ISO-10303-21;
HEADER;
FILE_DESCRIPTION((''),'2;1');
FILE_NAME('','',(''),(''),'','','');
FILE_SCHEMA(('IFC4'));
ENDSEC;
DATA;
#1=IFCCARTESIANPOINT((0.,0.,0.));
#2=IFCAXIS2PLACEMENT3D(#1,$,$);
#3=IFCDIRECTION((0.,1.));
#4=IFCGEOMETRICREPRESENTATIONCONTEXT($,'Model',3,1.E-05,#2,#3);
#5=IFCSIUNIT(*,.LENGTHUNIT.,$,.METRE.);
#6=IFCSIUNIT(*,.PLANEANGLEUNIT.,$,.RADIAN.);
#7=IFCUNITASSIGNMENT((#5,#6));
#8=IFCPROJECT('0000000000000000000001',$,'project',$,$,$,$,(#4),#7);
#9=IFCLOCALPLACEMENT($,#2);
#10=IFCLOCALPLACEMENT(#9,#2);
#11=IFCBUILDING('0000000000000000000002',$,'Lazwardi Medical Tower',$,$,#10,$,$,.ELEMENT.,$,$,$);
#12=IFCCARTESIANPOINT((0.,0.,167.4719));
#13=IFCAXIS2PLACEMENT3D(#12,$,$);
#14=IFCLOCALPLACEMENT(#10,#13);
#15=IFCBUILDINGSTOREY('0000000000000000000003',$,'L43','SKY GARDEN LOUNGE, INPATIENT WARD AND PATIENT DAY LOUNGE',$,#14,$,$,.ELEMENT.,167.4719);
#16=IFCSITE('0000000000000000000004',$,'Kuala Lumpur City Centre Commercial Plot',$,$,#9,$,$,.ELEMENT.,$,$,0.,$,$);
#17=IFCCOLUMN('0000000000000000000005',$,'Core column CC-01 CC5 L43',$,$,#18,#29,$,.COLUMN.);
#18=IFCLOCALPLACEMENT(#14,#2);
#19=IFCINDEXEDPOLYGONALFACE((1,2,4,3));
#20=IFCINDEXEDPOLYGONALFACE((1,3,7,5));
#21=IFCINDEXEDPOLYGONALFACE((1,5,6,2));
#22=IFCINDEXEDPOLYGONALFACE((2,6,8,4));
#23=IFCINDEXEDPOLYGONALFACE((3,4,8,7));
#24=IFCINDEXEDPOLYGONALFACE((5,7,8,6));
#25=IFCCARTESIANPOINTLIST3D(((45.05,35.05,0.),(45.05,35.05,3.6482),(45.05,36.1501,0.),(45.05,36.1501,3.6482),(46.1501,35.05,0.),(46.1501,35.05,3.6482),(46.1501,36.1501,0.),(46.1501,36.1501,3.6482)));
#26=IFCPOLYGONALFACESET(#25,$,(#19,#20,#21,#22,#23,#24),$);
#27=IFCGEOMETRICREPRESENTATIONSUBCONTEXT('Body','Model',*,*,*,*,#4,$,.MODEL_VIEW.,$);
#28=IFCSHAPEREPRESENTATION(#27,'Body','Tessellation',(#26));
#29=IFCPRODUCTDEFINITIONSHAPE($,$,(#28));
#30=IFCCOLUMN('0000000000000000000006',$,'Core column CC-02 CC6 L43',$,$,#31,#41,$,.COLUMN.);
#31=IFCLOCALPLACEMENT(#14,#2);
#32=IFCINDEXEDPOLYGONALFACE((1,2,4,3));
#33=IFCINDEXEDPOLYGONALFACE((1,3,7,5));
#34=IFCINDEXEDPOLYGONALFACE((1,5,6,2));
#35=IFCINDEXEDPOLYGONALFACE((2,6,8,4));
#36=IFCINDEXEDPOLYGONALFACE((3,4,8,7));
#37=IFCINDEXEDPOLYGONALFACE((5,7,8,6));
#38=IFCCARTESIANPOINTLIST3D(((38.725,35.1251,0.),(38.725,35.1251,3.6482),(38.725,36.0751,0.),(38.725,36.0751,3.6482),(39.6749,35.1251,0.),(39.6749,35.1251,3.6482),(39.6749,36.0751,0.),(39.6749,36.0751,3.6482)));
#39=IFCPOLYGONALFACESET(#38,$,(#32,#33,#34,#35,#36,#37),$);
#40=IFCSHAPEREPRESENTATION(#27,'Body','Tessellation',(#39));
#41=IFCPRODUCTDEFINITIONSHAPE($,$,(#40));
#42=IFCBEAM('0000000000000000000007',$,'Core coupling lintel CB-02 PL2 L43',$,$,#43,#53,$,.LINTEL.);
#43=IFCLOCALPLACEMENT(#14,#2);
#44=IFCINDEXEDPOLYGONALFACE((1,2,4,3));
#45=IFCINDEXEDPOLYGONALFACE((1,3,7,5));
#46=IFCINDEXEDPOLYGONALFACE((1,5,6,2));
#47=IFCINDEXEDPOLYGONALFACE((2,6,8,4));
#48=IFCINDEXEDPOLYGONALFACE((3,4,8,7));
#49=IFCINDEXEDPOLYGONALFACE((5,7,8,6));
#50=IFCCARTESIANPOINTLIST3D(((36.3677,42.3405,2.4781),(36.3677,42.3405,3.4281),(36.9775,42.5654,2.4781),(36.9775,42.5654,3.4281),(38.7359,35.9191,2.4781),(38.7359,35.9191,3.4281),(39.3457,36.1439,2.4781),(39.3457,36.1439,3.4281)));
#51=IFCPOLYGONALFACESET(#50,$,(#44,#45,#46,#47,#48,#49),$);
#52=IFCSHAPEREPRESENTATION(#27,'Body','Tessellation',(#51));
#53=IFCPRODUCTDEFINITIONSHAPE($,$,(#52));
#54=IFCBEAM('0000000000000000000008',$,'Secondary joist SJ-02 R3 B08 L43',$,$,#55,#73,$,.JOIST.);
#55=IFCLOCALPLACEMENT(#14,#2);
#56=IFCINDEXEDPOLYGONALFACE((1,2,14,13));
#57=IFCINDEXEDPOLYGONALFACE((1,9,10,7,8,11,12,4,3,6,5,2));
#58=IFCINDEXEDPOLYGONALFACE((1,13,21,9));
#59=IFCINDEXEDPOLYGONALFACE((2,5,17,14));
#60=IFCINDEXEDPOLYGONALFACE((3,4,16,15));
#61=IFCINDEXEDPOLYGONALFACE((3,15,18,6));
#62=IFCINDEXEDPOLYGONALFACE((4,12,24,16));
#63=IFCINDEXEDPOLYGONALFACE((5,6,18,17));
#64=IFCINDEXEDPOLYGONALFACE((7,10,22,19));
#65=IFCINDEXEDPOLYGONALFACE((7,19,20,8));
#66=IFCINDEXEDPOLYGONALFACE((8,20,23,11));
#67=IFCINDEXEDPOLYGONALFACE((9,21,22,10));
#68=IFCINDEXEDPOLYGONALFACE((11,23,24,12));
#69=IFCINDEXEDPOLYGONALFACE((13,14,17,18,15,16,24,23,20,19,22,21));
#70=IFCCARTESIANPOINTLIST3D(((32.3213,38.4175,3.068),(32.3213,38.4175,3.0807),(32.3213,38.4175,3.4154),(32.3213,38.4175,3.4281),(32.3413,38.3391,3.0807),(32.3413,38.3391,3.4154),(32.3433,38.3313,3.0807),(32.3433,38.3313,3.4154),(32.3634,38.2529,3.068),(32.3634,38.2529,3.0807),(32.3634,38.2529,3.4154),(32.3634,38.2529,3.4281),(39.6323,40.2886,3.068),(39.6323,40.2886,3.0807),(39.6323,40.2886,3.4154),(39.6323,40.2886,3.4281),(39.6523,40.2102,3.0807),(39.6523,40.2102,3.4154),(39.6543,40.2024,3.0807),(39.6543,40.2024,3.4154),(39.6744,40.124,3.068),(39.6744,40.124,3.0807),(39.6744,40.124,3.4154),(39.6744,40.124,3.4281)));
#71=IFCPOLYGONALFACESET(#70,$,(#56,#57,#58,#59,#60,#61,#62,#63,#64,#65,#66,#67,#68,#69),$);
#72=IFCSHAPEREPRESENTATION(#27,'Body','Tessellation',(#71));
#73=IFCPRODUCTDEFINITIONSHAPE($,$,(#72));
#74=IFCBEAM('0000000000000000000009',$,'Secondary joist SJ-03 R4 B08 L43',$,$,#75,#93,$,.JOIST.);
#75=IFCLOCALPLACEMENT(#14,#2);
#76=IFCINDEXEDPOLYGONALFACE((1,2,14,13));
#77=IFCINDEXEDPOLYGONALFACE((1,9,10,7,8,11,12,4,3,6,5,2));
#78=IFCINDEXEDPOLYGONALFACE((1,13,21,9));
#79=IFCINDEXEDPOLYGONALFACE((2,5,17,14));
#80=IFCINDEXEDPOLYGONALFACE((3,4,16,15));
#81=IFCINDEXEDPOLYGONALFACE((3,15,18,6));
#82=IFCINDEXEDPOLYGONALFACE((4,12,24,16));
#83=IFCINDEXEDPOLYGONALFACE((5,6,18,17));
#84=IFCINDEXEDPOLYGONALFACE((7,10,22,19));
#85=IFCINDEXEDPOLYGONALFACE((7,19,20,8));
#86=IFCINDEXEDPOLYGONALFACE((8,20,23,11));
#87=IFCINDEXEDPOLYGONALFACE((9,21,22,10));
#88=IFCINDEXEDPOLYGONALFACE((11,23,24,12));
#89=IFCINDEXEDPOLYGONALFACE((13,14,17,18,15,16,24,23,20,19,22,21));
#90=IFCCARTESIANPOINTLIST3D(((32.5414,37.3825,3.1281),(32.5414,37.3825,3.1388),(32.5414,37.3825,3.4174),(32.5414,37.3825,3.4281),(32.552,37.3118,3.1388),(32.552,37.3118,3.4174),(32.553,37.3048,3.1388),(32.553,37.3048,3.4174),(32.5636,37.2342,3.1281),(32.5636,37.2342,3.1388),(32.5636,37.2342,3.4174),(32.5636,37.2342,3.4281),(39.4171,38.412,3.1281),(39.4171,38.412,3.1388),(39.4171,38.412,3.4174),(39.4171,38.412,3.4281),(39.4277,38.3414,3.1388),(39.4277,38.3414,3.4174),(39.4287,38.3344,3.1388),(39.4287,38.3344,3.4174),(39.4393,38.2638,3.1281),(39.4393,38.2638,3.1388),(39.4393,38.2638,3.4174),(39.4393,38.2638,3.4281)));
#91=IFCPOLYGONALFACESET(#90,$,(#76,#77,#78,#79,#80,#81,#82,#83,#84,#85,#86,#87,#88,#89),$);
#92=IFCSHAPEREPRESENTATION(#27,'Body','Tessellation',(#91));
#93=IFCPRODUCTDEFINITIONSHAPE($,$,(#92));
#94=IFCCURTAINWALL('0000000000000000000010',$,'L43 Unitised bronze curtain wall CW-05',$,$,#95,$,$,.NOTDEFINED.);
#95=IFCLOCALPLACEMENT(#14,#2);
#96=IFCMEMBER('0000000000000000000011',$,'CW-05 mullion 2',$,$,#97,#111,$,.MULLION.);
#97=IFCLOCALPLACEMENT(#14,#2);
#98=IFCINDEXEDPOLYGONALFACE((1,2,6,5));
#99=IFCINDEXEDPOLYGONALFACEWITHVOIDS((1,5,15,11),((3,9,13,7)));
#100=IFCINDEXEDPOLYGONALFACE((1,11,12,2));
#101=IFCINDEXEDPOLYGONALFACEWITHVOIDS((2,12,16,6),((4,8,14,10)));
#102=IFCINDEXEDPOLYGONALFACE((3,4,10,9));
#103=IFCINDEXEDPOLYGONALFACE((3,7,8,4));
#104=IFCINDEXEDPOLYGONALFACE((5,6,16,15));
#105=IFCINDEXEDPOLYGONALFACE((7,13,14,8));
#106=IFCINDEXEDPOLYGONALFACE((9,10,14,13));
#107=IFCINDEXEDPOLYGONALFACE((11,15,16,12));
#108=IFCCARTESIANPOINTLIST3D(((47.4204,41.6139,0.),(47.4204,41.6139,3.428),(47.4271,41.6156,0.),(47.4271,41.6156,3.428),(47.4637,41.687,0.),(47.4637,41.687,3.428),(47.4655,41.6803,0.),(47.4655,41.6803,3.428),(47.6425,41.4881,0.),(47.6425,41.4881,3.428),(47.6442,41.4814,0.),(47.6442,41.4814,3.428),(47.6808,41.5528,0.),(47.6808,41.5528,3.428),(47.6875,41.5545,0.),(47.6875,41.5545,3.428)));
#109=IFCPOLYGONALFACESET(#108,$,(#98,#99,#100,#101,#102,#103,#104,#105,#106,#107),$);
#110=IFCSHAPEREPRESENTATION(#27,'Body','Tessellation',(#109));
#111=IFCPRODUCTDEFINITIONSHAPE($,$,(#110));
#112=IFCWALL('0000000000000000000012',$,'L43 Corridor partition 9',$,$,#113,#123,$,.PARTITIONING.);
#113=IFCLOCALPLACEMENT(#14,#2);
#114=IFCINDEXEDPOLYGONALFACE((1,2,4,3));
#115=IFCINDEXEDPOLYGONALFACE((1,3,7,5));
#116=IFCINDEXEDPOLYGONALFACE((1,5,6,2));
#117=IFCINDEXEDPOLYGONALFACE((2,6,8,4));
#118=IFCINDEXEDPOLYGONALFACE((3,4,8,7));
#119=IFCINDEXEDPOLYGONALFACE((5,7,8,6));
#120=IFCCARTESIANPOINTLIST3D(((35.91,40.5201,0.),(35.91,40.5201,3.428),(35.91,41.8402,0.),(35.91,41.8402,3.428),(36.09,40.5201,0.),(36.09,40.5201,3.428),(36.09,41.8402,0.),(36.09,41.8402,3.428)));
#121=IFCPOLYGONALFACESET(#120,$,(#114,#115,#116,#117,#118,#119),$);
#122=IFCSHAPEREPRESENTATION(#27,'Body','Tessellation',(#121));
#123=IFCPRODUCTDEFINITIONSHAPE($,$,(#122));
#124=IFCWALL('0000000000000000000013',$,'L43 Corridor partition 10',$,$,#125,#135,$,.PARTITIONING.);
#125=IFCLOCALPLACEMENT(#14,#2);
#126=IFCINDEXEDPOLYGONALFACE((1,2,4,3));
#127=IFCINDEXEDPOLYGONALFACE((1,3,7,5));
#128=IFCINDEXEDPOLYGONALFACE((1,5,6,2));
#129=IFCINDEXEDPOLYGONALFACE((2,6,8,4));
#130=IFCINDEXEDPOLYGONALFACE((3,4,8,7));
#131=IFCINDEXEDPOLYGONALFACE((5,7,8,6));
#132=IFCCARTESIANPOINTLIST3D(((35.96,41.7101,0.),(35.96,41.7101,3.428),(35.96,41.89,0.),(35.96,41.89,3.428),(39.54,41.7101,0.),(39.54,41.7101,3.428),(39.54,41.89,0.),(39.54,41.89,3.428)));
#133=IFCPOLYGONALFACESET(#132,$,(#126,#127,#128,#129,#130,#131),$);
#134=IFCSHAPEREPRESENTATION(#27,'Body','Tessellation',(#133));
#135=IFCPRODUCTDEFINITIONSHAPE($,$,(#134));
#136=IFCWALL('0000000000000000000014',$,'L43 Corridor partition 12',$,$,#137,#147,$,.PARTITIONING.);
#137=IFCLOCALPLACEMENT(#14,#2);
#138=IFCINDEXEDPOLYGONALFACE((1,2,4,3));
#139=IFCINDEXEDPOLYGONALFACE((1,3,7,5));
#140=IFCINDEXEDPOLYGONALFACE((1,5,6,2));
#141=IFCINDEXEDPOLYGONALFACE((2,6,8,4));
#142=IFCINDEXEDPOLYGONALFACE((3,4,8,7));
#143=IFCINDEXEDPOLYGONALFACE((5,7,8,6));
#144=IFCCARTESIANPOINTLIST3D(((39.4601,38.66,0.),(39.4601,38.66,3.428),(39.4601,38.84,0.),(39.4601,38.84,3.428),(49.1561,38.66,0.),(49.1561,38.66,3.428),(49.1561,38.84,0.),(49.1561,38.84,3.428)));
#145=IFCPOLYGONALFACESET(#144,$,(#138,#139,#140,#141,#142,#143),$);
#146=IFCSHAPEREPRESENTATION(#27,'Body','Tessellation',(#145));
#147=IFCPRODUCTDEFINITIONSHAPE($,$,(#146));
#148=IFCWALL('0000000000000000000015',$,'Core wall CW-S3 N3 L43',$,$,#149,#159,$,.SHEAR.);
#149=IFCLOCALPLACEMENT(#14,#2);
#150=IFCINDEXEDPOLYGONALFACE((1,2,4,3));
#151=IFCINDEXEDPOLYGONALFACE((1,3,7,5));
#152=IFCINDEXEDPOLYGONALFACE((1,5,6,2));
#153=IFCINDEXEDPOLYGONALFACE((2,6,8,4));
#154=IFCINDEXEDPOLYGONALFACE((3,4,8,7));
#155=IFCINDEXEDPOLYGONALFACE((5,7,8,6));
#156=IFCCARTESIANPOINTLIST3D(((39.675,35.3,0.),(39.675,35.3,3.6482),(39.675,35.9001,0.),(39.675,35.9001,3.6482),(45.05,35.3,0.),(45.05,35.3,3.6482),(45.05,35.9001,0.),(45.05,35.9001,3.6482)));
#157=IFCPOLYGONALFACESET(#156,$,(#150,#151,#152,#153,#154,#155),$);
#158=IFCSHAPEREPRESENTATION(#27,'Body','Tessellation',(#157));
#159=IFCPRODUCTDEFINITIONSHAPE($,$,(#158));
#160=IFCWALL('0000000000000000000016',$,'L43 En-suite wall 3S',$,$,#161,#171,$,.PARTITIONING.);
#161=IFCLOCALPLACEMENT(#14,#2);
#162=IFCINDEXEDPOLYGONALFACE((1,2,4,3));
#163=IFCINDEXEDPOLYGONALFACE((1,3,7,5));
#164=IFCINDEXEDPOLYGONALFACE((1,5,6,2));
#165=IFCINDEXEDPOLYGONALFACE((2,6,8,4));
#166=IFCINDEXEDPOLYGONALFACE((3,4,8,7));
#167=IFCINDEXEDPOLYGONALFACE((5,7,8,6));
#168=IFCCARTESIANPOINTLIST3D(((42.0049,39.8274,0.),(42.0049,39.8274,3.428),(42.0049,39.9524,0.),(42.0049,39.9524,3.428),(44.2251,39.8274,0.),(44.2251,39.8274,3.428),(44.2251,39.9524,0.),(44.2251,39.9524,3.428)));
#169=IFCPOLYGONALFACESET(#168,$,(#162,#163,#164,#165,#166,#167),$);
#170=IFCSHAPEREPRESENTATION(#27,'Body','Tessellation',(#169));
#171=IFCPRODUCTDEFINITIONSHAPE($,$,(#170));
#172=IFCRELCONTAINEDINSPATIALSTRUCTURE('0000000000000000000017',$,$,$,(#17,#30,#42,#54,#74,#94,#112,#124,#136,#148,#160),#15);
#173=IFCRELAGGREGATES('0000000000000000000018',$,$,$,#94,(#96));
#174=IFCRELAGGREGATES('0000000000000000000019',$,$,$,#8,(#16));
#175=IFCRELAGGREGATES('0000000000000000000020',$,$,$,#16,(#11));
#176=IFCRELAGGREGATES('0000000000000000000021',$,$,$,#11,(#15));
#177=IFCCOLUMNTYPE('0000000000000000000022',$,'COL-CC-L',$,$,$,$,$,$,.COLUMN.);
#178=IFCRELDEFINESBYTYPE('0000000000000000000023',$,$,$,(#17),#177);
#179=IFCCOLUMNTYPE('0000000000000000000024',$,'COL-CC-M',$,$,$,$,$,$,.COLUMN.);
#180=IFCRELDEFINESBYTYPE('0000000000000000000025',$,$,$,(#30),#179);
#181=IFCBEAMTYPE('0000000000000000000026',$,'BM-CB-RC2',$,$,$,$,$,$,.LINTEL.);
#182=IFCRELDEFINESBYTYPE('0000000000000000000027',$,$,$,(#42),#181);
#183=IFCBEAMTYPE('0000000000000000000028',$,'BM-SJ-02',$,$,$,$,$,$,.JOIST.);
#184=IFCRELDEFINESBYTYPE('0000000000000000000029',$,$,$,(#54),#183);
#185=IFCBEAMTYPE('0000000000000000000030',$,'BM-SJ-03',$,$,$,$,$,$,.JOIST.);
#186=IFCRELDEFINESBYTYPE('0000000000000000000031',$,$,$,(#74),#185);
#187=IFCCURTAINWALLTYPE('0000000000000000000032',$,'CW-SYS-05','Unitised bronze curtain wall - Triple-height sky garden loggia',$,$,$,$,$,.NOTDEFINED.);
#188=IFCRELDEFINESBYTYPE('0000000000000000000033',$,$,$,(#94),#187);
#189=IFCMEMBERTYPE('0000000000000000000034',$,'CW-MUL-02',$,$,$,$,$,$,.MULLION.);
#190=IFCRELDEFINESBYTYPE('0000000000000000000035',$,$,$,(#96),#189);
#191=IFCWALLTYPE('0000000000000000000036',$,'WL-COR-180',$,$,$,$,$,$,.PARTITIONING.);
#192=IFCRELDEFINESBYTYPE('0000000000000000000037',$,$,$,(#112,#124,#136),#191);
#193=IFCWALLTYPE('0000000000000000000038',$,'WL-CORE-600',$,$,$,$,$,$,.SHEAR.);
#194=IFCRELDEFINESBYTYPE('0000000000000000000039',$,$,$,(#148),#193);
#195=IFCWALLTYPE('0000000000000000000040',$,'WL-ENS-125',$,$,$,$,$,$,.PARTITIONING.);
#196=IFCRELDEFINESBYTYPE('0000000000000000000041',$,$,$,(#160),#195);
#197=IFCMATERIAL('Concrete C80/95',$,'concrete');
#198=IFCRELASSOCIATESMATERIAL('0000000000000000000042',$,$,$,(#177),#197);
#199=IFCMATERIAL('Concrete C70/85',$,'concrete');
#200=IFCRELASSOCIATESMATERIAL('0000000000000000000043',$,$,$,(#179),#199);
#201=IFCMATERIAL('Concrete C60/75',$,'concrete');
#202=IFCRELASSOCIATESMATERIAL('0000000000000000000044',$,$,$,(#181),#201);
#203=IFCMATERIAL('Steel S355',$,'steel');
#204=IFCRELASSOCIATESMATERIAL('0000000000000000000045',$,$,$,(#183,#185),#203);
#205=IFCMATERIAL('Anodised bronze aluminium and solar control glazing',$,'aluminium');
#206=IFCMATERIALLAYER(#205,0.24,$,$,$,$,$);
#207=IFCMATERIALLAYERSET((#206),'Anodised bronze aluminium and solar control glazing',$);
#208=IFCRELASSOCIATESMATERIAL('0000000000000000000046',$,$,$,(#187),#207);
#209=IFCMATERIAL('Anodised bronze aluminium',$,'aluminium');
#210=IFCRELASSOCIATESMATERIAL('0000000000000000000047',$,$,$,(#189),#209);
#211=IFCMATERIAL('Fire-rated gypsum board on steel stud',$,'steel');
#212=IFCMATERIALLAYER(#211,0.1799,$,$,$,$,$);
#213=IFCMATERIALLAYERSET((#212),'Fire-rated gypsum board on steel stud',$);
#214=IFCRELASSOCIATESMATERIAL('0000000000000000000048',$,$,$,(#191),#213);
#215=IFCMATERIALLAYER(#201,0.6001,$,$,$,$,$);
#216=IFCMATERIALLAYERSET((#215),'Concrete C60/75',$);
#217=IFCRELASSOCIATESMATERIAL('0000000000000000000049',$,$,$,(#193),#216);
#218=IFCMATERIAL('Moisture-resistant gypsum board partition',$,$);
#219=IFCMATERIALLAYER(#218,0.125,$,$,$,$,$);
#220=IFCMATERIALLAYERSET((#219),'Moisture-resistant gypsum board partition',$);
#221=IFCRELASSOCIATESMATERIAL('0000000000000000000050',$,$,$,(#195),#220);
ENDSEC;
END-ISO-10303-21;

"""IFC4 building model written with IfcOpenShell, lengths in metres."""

from ifc_helpers import new_model, si_unit, direction, frame, frame_2d, origin, origin_2d, place, context, subcontext, project, spatial, rectangle, hollow_rectangle, i_section, extrude, material, layer, layer_set, material_profile, profile_set, type_object, element, aggregate, save


model = new_model("IFC4")

# Units and contexts
model_context = context("Model", 3, precision=1e-05, world=origin(), true_north=direction((0.0, 1.0)))
body_context = subcontext(model_context, "Body", "Model", "MODEL_VIEW")
ifc_project = project(units=[si_unit("LENGTHUNIT", "METRE"), si_unit("PLANEANGLEUNIT", "RADIAN")], contexts=[model_context])

# Site, building, storey
site_placement = place(None, origin())
site = spatial("IfcSite", under=ifc_project, at=site_placement, Name="Kuala Lumpur City Centre Commercial Plot", CompositionType="ELEMENT", RefElevation=0.0)
building_placement = place(site_placement, origin())
building = spatial("IfcBuilding", under=site, at=building_placement, Name="Lazwardi Medical Tower", CompositionType="ELEMENT")
storey_placement = place(building_placement, frame((0.0, 0.0, 167.4719)))
storey = spatial("IfcBuildingStorey", under=building, at=storey_placement, Name="L43", Description="SKY GARDEN LOUNGE, INPATIENT WARD AND PATIENT DAY LOUNGE", CompositionType="ELEMENT", Elevation=167.4719)

# Columns
ifc_material_1 = material(Name="Concrete C80/95", Category="concrete")
ifc_material_profile_1 = material_profile(ifc_material_1, rectangle(XDim=1.1001, YDim=1.1001, at=origin_2d()), Name="RC 1100x1100")
ifc_profile_set_1 = profile_set([ifc_material_profile_1], Name="Concrete C80/95")
column_type_1 = type_object("IfcColumnType", Name="COL-CC-L", PredefinedType="COLUMN", material=ifc_profile_set_1)
column_1_placement = place(storey_placement, frame((45.6001, 35.6001, 0.0), z_axis=(0.0, 0.0, 1.0), x_axis=(1.0, 0.0, 0.0)))
element("IfcColumn", 1, at=column_1_placement, inside=storey, type_object=column_type_1, Name="Core column CC-01 CC5 L43", PredefinedType="COLUMN", context=body_context, shape_type="SweptSolid", body=[
    extrude(rectangle(XDim=1.1001, YDim=1.1001, at=origin_2d()), origin(), (0.0, 0.0, 1.0), 3.6482),
])
ifc_material_2 = material(Name="Concrete C70/85", Category="concrete")
ifc_material_profile_2 = material_profile(ifc_material_2, rectangle(XDim=0.95, YDim=0.95, at=origin_2d()), Name="RC 950x950")
ifc_profile_set_2 = profile_set([ifc_material_profile_2], Name="Concrete C70/85")
column_type_2 = type_object("IfcColumnType", Name="COL-CC-M", PredefinedType="COLUMN", material=ifc_profile_set_2)
column_2_placement = place(storey_placement, frame((39.2, 35.6001, 0.0), z_axis=(0.0, 0.0, 1.0), x_axis=(1.0, 0.0, 0.0)))
element("IfcColumn", 2, at=column_2_placement, inside=storey, type_object=column_type_2, Name="Core column CC-02 CC6 L43", PredefinedType="COLUMN", context=body_context, shape_type="SweptSolid", body=[
    extrude(rectangle(XDim=0.95, YDim=0.95, at=origin_2d()), origin(), (0.0, 0.0, 1.0), 3.6482),
])

# Beams
ifc_material_3 = material(Name="Concrete C60/75", Category="concrete")
ifc_material_profile_3 = material_profile(ifc_material_3, rectangle(XDim=0.6499, YDim=0.95, at=origin_2d()), Name="RC 650x950")
ifc_profile_set_3 = profile_set([ifc_material_profile_3], Name="Concrete C60/75")
beam_type_1 = type_object("IfcBeamType", Name="BM-CB-RC2", PredefinedType="LINTEL", material=ifc_profile_set_3)
beam_1_placement = place(storey_placement, frame((39.0408, 36.0315, 2.9531), z_axis=(-0.346013, 0.93823, 0.0), x_axis=(-0.93823, -0.346013, 0.0)))
element("IfcBeam", 3, at=beam_1_placement, inside=storey, type_object=beam_type_1, Name="Core coupling lintel CB-02 PL2 L43", PredefinedType="LINTEL", context=body_context, shape_type="SweptSolid", body=[
    extrude(rectangle(XDim=0.6499, YDim=0.95, at=origin_2d()), origin(), (0.0, 0.0, 1.0), 6.8442),
])
ifc_material_4 = material(Name="Steel S355", Category="steel")
ifc_material_profile_4 = material_profile(ifc_material_4, i_section(OverallWidth=0.1699, OverallDepth=0.3601, WebThickness=0.0081, FlangeThickness=0.0127, at=origin_2d()), Name="IPE 360")
ifc_profile_set_4 = profile_set([ifc_material_profile_4], Name="Steel S355")
beam_type_2 = type_object("IfcBeamType", Name="BM-SJ-02", PredefinedType="JOIST", material=ifc_profile_set_4)
beam_2_placement = place(storey_placement, frame((39.6533, 40.2063, 3.248), z_axis=(-0.968776, -0.247936, 0.0), x_axis=(0.247936, -0.968776, 0.0)))
element("IfcBeam", 4, at=beam_2_placement, inside=storey, type_object=beam_type_2, Name="Secondary joist SJ-02 R3 B08 L43", PredefinedType="JOIST", context=body_context, shape_type="SweptSolid", body=[
    extrude(i_section(OverallWidth=0.1699, OverallDepth=0.3601, WebThickness=0.0081, FlangeThickness=0.0127, at=origin_2d()), origin(), (0.0, 0.0, 1.0), 7.5466),
])
ifc_material_profile_5 = material_profile(ifc_material_4, i_section(OverallWidth=0.1499, OverallDepth=0.3, WebThickness=0.0071, FlangeThickness=0.0107, at=origin_2d()), Name="IPE 300")
ifc_profile_set_5 = profile_set([ifc_material_profile_5], Name="Steel S355")
beam_type_3 = type_object("IfcBeamType", Name="BM-SJ-03", PredefinedType="JOIST", material=ifc_profile_set_5)
beam_3_placement = place(storey_placement, frame((39.4282, 38.3379, 3.2781), z_axis=(-0.988975, -0.148085, 0.0), x_axis=(0.148085, -0.988975, 0.0)))
element("IfcBeam", 5, at=beam_3_placement, inside=storey, type_object=beam_type_3, Name="Secondary joist SJ-03 R4 B08 L43", PredefinedType="JOIST", context=body_context, shape_type="SweptSolid", body=[
    extrude(i_section(OverallWidth=0.1499, OverallDepth=0.3, WebThickness=0.0071, FlangeThickness=0.0107, at=origin_2d()), origin(), (0.0, 0.0, 1.0), 6.9524),
])

# Curtain wall, member
ifc_material_5 = material(Name="Anodised bronze aluminium and solar control glazing", Category="aluminium")
ifc_layer_1 = layer(ifc_material_5, 0.24)
ifc_layer_set_1 = layer_set([ifc_layer_1], Name="Anodised bronze aluminium and solar control glazing")
curtain_wall_type = type_object("IfcCurtainWallType", Name="CW-SYS-05", Description="Unitised bronze curtain wall - Triple-height sky garden loggia", PredefinedType="NOTDEFINED", material=ifc_layer_set_1)
curtain_wall_placement = place(storey_placement, origin())
curtain_wall = element("IfcCurtainWall", 6, at=curtain_wall_placement, inside=storey, type_object=curtain_wall_type, Name="L43 Unitised bronze curtain wall CW-05", PredefinedType="NOTDEFINED")
ifc_material_6 = material(Name="Anodised bronze aluminium", Category="aluminium")
ifc_material_profile_6 = material_profile(ifc_material_6, hollow_rectangle(XDim=0.085, YDim=0.26, WallThickness=0.0049, at=origin_2d()), Name="ALU-MULLION 260x85x5")
ifc_profile_set_6 = profile_set([ifc_material_profile_6], Name="Anodised bronze aluminium")
member_type = type_object("IfcMemberType", Name="CW-MUL-02", PredefinedType="MULLION", material=ifc_profile_set_6)
member_placement = place(storey_placement, frame((47.554, 41.5842, 0.0), z_axis=(0.0, 0.0, 1.0), x_axis=(-0.509571, -0.860429, 0.0)))
member = element("IfcMember", 7, at=member_placement, type_object=member_type, Name="CW-05 mullion 2", PredefinedType="MULLION", context=body_context, shape_type="SweptSolid", body=[
    extrude(hollow_rectangle(XDim=0.085, YDim=0.26, WallThickness=0.0049, at=origin_2d()), origin(), (0.0, 0.0, 1.0), 3.428),
])
aggregate(curtain_wall, [member])

# Walls
ifc_material_7 = material(Name="Fire-rated gypsum board on steel stud", Category="steel")
ifc_layer_2 = layer(ifc_material_7, 0.1799)
ifc_layer_set_2 = layer_set([ifc_layer_2], Name="Fire-rated gypsum board on steel stud")
wall_type_1 = type_object("IfcWallType", Name="WL-COR-180", PredefinedType="PARTITIONING", material=ifc_layer_set_2)
wall_1_placement = place(storey_placement, frame((36.0, 40.52, 0.0), z_axis=(0.0, 0.0, 1.0), x_axis=(0.0, 1.0, 0.0)))
element("IfcWall", 8, at=wall_1_placement, inside=storey, type_object=wall_type_1, Name="L43 Corridor partition 9", PredefinedType="PARTITIONING", context=body_context, shape_type="SweptSolid", body=[
    extrude(rectangle(XDim=1.3201, YDim=0.1799, at=frame_2d((0.6602, 0.0))), origin(), (0.0, 0.0, 1.0), 3.428),
])
wall_2_placement = place(storey_placement, frame((35.96, 41.8, 0.0), z_axis=(0.0, 0.0, 1.0), x_axis=(1.0, 0.0, 0.0)))
element("IfcWall", 9, at=wall_2_placement, inside=storey, type_object=wall_type_1, Name="L43 Corridor partition 10", PredefinedType="PARTITIONING", context=body_context, shape_type="SweptSolid", body=[
    extrude(rectangle(XDim=3.5801, YDim=0.1799, at=frame_2d((1.79, 0.0))), origin(), (0.0, 0.0, 1.0), 3.428),
])
wall_3_placement = place(storey_placement, frame((39.46, 38.75, 0.0), z_axis=(0.0, 0.0, 1.0), x_axis=(1.0, 0.0, 0.0)))
element("IfcWall", 10, at=wall_3_placement, inside=storey, type_object=wall_type_1, Name="L43 Corridor partition 12", PredefinedType="PARTITIONING", context=body_context, shape_type="SweptSolid", body=[
    extrude(rectangle(XDim=9.696, YDim=0.1799, at=frame_2d((4.8481, 0.0))), origin(), (0.0, 0.0, 1.0), 3.428),
])
ifc_layer_3 = layer(ifc_material_3, 0.6001)
ifc_layer_set_3 = layer_set([ifc_layer_3], Name="Concrete C60/75")
wall_type_2 = type_object("IfcWallType", Name="WL-CORE-600", PredefinedType="SHEAR", material=ifc_layer_set_3)
wall_4_placement = place(storey_placement, frame((39.675, 35.6001, 0.0), z_axis=(0.0, 0.0, 1.0), x_axis=(1.0, 0.0, 0.0)))
element("IfcWall", 11, at=wall_4_placement, inside=storey, type_object=wall_type_2, Name="Core wall CW-S3 N3 L43", PredefinedType="SHEAR", context=body_context, shape_type="SweptSolid", body=[
    extrude(rectangle(XDim=5.375, YDim=0.6001, at=frame_2d((2.6875, 0.0))), origin(), (0.0, 0.0, 1.0), 3.6482),
])
ifc_material_8 = material(Name="Moisture-resistant gypsum board partition")
ifc_layer_4 = layer(ifc_material_8, 0.125)
ifc_layer_set_4 = layer_set([ifc_layer_4], Name="Moisture-resistant gypsum board partition")
wall_type_3 = type_object("IfcWallType", Name="WL-ENS-125", PredefinedType="PARTITIONING", material=ifc_layer_set_4)
wall_5_placement = place(storey_placement, frame((42.0049, 39.8899, 0.0), z_axis=(0.0, 0.0, 1.0), x_axis=(1.0, 0.0, 0.0)))
element("IfcWall", 12, at=wall_5_placement, inside=storey, type_object=wall_type_3, Name="L43 En-suite wall 3S", PredefinedType="PARTITIONING", context=body_context, shape_type="SweptSolid", body=[
    extrude(rectangle(XDim=2.2202, YDim=0.125, at=frame_2d((1.1101, 0.0))), origin(), (0.0, 0.0, 1.0), 3.428),
])

save(model, "model.ifc")
